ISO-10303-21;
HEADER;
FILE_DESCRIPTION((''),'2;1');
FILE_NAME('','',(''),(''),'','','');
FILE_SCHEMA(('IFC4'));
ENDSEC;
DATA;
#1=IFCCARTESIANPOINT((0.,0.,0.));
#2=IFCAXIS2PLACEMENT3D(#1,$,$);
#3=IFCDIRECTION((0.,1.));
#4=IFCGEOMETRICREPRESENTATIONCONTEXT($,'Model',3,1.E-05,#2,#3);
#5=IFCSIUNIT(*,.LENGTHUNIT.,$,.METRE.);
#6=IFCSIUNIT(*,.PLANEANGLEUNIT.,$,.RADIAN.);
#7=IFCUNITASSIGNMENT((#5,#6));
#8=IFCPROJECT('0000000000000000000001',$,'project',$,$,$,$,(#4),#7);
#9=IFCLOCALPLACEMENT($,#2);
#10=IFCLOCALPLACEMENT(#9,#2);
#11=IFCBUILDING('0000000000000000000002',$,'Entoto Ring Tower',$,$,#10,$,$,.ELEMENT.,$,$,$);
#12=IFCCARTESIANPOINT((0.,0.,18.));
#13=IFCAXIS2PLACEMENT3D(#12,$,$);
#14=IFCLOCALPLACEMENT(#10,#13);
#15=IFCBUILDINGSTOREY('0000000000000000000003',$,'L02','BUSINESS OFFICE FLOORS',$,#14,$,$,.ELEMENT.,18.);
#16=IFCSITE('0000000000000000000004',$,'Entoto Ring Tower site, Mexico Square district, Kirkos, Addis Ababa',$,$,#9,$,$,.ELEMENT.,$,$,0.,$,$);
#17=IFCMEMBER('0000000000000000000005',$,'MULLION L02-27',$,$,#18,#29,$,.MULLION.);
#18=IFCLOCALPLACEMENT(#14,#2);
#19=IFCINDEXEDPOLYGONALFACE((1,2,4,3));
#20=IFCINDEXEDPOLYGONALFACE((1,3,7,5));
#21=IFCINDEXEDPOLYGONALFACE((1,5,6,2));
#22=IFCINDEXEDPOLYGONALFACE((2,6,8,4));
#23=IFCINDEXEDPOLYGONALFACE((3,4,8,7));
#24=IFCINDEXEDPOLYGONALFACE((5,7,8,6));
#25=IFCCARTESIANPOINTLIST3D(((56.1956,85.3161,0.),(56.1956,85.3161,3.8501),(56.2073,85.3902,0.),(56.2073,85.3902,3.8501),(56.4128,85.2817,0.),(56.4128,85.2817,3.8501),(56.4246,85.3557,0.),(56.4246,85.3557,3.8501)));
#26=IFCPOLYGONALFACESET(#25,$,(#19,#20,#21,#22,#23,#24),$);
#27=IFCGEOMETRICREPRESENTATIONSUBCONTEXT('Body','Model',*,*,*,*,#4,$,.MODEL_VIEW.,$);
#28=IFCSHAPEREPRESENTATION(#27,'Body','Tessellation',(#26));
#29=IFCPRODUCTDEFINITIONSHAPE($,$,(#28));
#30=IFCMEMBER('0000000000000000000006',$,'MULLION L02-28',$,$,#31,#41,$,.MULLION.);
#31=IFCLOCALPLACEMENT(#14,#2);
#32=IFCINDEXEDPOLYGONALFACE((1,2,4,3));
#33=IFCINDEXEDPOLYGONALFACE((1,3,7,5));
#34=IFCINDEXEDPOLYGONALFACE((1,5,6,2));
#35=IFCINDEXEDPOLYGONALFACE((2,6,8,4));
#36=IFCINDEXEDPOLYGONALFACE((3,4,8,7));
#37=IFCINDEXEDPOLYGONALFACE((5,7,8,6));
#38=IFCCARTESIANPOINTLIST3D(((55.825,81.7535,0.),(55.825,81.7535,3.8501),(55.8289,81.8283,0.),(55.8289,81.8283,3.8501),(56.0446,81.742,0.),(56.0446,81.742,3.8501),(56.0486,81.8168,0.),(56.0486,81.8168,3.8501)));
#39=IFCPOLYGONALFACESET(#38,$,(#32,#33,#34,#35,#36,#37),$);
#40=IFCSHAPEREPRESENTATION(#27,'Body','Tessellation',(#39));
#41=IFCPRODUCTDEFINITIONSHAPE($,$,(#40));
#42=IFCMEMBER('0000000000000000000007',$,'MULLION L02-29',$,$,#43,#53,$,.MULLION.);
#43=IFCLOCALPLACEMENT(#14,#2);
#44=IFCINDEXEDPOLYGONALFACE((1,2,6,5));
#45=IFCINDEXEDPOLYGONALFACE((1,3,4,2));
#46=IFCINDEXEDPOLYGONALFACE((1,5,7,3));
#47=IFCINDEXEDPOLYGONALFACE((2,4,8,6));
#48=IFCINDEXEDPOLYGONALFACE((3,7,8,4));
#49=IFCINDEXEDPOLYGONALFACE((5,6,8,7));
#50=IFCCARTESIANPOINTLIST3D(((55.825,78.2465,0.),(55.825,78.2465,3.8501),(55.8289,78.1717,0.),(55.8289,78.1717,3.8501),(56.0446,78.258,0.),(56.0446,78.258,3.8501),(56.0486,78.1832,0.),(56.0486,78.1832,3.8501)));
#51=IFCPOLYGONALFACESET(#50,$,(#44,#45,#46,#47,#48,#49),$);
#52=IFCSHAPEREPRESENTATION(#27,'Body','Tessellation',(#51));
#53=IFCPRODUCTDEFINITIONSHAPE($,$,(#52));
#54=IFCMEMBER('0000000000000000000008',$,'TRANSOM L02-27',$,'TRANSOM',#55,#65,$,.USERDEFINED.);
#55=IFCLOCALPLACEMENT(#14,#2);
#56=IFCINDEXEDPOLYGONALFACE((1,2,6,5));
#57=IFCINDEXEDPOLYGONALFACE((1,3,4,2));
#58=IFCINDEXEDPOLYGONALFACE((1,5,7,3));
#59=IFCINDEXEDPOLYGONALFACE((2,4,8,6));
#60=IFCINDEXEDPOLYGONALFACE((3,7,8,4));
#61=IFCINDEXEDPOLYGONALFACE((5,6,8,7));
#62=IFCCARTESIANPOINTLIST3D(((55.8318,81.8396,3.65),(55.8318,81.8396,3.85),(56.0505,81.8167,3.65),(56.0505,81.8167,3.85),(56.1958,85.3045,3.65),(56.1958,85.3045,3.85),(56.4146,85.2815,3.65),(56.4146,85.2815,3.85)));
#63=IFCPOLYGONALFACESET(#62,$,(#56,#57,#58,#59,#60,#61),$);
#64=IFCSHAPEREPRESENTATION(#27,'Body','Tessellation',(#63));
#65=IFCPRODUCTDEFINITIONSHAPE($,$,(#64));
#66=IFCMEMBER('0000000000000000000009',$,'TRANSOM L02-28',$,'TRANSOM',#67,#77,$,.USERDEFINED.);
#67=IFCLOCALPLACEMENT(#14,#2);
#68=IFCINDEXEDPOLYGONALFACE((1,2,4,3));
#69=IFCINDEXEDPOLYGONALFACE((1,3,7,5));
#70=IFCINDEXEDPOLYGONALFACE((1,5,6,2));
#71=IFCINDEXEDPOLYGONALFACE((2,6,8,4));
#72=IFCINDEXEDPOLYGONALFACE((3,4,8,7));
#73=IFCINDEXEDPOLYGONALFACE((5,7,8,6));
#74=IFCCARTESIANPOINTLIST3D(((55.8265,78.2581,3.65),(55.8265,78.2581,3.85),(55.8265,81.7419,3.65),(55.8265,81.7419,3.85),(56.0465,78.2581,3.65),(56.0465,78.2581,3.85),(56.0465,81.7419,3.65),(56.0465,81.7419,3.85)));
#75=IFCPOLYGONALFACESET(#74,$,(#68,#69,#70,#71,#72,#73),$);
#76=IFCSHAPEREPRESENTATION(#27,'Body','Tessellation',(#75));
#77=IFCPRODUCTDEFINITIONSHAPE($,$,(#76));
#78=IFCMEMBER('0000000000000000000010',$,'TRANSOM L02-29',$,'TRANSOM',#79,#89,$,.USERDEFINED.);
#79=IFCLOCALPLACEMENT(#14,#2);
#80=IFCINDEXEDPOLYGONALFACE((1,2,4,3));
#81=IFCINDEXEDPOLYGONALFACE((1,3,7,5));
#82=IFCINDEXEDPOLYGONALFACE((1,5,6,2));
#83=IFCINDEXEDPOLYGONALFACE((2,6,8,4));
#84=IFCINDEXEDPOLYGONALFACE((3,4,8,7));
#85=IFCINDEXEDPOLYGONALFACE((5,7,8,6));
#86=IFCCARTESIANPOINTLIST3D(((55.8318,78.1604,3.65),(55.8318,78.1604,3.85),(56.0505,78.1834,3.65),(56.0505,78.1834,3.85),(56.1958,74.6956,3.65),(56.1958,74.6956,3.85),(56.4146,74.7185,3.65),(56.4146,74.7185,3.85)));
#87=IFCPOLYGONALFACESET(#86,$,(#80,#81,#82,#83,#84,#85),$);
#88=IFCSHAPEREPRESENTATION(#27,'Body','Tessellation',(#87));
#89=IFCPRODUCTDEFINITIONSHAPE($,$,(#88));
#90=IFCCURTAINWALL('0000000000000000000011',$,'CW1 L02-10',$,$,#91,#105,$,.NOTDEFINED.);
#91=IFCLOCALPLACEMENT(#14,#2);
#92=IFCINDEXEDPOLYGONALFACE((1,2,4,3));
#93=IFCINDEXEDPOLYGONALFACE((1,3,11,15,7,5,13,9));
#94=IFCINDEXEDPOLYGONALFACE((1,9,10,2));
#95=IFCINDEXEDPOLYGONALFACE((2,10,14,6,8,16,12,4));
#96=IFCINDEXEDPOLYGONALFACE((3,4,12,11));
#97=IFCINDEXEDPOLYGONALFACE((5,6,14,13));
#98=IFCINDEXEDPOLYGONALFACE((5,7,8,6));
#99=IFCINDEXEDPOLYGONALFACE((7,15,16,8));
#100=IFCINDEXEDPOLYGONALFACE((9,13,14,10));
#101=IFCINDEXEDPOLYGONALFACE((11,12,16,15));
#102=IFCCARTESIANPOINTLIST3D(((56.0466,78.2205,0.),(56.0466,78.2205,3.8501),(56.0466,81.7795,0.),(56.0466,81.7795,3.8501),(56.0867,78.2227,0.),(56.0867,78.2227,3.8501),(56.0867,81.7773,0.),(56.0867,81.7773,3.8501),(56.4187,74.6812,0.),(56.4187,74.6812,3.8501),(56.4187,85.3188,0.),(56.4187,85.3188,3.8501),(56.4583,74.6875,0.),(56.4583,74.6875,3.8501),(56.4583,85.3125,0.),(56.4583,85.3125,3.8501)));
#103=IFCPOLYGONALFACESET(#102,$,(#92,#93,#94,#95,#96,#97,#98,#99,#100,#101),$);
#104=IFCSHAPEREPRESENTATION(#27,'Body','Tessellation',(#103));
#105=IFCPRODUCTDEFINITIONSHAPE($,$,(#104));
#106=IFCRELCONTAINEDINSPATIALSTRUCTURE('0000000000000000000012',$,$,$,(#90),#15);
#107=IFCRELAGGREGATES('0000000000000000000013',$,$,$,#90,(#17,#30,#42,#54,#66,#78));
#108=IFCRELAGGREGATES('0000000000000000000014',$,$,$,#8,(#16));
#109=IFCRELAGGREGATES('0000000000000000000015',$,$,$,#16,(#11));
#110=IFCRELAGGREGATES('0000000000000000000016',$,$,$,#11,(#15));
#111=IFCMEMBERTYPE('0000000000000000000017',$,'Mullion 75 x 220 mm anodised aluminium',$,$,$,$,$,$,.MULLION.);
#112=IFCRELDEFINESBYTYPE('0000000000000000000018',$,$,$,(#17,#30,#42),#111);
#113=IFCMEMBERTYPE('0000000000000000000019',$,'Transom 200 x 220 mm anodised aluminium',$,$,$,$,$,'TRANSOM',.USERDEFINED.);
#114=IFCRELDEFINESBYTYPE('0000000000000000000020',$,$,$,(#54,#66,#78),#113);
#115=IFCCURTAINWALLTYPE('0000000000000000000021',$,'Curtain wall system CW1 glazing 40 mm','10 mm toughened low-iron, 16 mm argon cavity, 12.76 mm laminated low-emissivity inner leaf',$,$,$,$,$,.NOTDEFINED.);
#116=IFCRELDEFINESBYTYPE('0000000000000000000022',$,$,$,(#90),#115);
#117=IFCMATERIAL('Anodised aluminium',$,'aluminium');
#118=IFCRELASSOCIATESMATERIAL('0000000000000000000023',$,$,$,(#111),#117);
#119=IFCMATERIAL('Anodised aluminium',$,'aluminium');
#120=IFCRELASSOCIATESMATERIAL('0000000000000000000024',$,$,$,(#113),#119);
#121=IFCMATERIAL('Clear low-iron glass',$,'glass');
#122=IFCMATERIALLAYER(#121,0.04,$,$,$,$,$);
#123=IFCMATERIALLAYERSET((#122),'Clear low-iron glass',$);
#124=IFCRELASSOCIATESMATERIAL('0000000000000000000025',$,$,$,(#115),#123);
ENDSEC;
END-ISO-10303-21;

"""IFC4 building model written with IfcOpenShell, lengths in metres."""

from ifc_helpers import new_model, si_unit, direction, frame, origin, origin_2d, place, context, subcontext, project, spatial, polyline, rectangle, outline, extrude, material, layer, layer_set, material_profile, profile_set, type_object, element, aggregate, save


model = new_model("IFC4")

# Units and contexts
model_context = context("Model", 3, precision=1e-05, world=origin(), true_north=direction((0.0, 1.0)))
body_context = subcontext(model_context, "Body", "Model", "MODEL_VIEW")
ifc_project = project(units=[si_unit("LENGTHUNIT", "METRE"), si_unit("PLANEANGLEUNIT", "RADIAN")], contexts=[model_context])

# Members
ifc_material_1 = material(Name="Anodised aluminium", Category="aluminium")
ifc_material_profile_1 = material_profile(ifc_material_1, rectangle(XDim=0.075, YDim=0.22, at=origin_2d()), Name="Mullion 75 x 220 mm anodised aluminium")
ifc_profile_set_1 = profile_set([ifc_material_profile_1], Name="Anodised aluminium")
member_type_1 = type_object("IfcMemberType", Name="Mullion 75 x 220 mm anodised aluminium", PredefinedType="MULLION", material=ifc_profile_set_1)
site_placement = place(None, origin())
building_placement = place(site_placement, origin())
storey_placement = place(building_placement, frame((0.0, 0.0, 18.0)))
member_1_placement = place(storey_placement, frame((56.3101, 85.3359, 0.0), z_axis=(0.0, 0.0, 1.0), x_axis=(-0.156434, -0.987688, 0.0)))
member_1 = element("IfcMember", 1, at=member_1_placement, type_object=member_type_1, Name="MULLION L02-27", PredefinedType="MULLION", context=body_context, shape_type="SweptSolid", body=[
    extrude(rectangle(XDim=0.075, YDim=0.22, at=origin_2d()), origin(), (0.0, 0.0, 1.0), 3.8501),
])
member_2_placement = place(storey_placement, frame((55.9368, 81.7852, 0.0), z_axis=(0.0, 0.0, 1.0), x_axis=(-0.052336, -0.99863, 0.0)))
member_2 = element("IfcMember", 2, at=member_2_placement, type_object=member_type_1, Name="MULLION L02-28", PredefinedType="MULLION", context=body_context, shape_type="SweptSolid", body=[
    extrude(rectangle(XDim=0.075, YDim=0.22, at=origin_2d()), origin(), (0.0, 0.0, 1.0), 3.8501),
])
member_3_placement = place(storey_placement, frame((55.9368, 78.2148, 0.0), z_axis=(0.0, 0.0, 1.0), x_axis=(0.052336, -0.99863, 0.0)))
member_3 = element("IfcMember", 3, at=member_3_placement, type_object=member_type_1, Name="MULLION L02-29", PredefinedType="MULLION", context=body_context, shape_type="SweptSolid", body=[
    extrude(rectangle(XDim=0.075, YDim=0.22, at=origin_2d()), origin(), (0.0, 0.0, 1.0), 3.8501),
])
ifc_material_2 = material(Name="Anodised aluminium", Category="aluminium")
ifc_material_profile_2 = material_profile(ifc_material_2, rectangle(XDim=0.22, YDim=0.2, at=origin_2d()), Name="Transom 200 x 220 mm anodised aluminium")
ifc_profile_set_2 = profile_set([ifc_material_profile_2], Name="Anodised aluminium")
member_type_2 = type_object("IfcMemberType", Name="Transom 200 x 220 mm anodised aluminium", ElementType="TRANSOM", PredefinedType="USERDEFINED", material=ifc_profile_set_2)
member_4_placement = place(storey_placement, frame((56.3052, 85.293, 3.75), z_axis=(-0.104484, -0.994527, 0.0), x_axis=(0.994527, -0.104484, 0.0)))
member_4 = element("IfcMember", 4, at=member_4_placement, type_object=member_type_2, Name="TRANSOM L02-27", ObjectType="TRANSOM", PredefinedType="USERDEFINED", context=body_context, shape_type="SweptSolid", body=[
    extrude(rectangle(XDim=0.22, YDim=0.2, at=origin_2d()), origin(), (0.0, 0.0, 1.0), 3.4839),
])
member_5_placement = place(storey_placement, frame((55.9365, 81.7419, 3.75), z_axis=(0.0, -1.0, 0.0), x_axis=(1.0, 0.0, 0.0)))
member_5 = element("IfcMember", 5, at=member_5_placement, type_object=member_type_2, Name="TRANSOM L02-28", ObjectType="TRANSOM", PredefinedType="USERDEFINED", context=body_context, shape_type="SweptSolid", body=[
    extrude(rectangle(XDim=0.22, YDim=0.2, at=origin_2d()), origin(), (0.0, 0.0, 1.0), 3.4839),
])
member_6_placement = place(storey_placement, frame((55.9412, 78.1719, 3.75), z_axis=(0.104484, -0.994527, 0.0), x_axis=(0.994527, 0.104484, 0.0)))
member_6 = element("IfcMember", 6, at=member_6_placement, type_object=member_type_2, Name="TRANSOM L02-29", ObjectType="TRANSOM", PredefinedType="USERDEFINED", context=body_context, shape_type="SweptSolid", body=[
    extrude(rectangle(XDim=0.22, YDim=0.2, at=origin_2d()), origin(), (0.0, 0.0, 1.0), 3.4839),
])

# Site, building, storey
site = spatial("IfcSite", under=ifc_project, at=site_placement, Name="Entoto Ring Tower site, Mexico Square district, Kirkos, Addis Ababa", CompositionType="ELEMENT", RefElevation=0.0)
building = spatial("IfcBuilding", under=site, at=building_placement, Name="Entoto Ring Tower", CompositionType="ELEMENT")
storey = spatial("IfcBuildingStorey", under=building, at=storey_placement, Name="L02", Description="BUSINESS OFFICE FLOORS", CompositionType="ELEMENT", Elevation=18.0)

# Curtain wall
ifc_material_3 = material(Name="Clear low-iron glass", Category="glass")
ifc_layer = layer(ifc_material_3, 0.04)
ifc_layer_set = layer_set([ifc_layer], Name="Clear low-iron glass")
curtain_wall_type = type_object("IfcCurtainWallType", Name="Curtain wall system CW1 glazing 40 mm", Description="10 mm toughened low-iron, 16 mm argon cavity, 12.76 mm laminated low-emissivity inner leaf", PredefinedType="NOTDEFINED", material=ifc_layer_set)
curtain_wall_1_placement = place(storey_placement, origin())
curtain_wall_1 = element("IfcCurtainWall", 7, at=curtain_wall_1_placement, inside=storey, type_object=curtain_wall_type, Name="CW1 L02-10", PredefinedType="NOTDEFINED", context=body_context, shape_type="SweptSolid", body=[
    extrude(outline(polyline([(56.4187, 85.3188), (56.0466, 81.7795), (56.0466, 78.2205), (56.4187, 74.6812), (56.4583, 74.6875), (56.0867, 78.2227), (56.0867, 81.7773), (56.4583, 85.3125), (56.4187, 85.3188)])), origin(), (0.0, 0.0, 1.0), 3.8501),
])
aggregate(curtain_wall_1, [member_1, member_2, member_3, member_4, member_5, member_6])

save(model, "model.ifc")
